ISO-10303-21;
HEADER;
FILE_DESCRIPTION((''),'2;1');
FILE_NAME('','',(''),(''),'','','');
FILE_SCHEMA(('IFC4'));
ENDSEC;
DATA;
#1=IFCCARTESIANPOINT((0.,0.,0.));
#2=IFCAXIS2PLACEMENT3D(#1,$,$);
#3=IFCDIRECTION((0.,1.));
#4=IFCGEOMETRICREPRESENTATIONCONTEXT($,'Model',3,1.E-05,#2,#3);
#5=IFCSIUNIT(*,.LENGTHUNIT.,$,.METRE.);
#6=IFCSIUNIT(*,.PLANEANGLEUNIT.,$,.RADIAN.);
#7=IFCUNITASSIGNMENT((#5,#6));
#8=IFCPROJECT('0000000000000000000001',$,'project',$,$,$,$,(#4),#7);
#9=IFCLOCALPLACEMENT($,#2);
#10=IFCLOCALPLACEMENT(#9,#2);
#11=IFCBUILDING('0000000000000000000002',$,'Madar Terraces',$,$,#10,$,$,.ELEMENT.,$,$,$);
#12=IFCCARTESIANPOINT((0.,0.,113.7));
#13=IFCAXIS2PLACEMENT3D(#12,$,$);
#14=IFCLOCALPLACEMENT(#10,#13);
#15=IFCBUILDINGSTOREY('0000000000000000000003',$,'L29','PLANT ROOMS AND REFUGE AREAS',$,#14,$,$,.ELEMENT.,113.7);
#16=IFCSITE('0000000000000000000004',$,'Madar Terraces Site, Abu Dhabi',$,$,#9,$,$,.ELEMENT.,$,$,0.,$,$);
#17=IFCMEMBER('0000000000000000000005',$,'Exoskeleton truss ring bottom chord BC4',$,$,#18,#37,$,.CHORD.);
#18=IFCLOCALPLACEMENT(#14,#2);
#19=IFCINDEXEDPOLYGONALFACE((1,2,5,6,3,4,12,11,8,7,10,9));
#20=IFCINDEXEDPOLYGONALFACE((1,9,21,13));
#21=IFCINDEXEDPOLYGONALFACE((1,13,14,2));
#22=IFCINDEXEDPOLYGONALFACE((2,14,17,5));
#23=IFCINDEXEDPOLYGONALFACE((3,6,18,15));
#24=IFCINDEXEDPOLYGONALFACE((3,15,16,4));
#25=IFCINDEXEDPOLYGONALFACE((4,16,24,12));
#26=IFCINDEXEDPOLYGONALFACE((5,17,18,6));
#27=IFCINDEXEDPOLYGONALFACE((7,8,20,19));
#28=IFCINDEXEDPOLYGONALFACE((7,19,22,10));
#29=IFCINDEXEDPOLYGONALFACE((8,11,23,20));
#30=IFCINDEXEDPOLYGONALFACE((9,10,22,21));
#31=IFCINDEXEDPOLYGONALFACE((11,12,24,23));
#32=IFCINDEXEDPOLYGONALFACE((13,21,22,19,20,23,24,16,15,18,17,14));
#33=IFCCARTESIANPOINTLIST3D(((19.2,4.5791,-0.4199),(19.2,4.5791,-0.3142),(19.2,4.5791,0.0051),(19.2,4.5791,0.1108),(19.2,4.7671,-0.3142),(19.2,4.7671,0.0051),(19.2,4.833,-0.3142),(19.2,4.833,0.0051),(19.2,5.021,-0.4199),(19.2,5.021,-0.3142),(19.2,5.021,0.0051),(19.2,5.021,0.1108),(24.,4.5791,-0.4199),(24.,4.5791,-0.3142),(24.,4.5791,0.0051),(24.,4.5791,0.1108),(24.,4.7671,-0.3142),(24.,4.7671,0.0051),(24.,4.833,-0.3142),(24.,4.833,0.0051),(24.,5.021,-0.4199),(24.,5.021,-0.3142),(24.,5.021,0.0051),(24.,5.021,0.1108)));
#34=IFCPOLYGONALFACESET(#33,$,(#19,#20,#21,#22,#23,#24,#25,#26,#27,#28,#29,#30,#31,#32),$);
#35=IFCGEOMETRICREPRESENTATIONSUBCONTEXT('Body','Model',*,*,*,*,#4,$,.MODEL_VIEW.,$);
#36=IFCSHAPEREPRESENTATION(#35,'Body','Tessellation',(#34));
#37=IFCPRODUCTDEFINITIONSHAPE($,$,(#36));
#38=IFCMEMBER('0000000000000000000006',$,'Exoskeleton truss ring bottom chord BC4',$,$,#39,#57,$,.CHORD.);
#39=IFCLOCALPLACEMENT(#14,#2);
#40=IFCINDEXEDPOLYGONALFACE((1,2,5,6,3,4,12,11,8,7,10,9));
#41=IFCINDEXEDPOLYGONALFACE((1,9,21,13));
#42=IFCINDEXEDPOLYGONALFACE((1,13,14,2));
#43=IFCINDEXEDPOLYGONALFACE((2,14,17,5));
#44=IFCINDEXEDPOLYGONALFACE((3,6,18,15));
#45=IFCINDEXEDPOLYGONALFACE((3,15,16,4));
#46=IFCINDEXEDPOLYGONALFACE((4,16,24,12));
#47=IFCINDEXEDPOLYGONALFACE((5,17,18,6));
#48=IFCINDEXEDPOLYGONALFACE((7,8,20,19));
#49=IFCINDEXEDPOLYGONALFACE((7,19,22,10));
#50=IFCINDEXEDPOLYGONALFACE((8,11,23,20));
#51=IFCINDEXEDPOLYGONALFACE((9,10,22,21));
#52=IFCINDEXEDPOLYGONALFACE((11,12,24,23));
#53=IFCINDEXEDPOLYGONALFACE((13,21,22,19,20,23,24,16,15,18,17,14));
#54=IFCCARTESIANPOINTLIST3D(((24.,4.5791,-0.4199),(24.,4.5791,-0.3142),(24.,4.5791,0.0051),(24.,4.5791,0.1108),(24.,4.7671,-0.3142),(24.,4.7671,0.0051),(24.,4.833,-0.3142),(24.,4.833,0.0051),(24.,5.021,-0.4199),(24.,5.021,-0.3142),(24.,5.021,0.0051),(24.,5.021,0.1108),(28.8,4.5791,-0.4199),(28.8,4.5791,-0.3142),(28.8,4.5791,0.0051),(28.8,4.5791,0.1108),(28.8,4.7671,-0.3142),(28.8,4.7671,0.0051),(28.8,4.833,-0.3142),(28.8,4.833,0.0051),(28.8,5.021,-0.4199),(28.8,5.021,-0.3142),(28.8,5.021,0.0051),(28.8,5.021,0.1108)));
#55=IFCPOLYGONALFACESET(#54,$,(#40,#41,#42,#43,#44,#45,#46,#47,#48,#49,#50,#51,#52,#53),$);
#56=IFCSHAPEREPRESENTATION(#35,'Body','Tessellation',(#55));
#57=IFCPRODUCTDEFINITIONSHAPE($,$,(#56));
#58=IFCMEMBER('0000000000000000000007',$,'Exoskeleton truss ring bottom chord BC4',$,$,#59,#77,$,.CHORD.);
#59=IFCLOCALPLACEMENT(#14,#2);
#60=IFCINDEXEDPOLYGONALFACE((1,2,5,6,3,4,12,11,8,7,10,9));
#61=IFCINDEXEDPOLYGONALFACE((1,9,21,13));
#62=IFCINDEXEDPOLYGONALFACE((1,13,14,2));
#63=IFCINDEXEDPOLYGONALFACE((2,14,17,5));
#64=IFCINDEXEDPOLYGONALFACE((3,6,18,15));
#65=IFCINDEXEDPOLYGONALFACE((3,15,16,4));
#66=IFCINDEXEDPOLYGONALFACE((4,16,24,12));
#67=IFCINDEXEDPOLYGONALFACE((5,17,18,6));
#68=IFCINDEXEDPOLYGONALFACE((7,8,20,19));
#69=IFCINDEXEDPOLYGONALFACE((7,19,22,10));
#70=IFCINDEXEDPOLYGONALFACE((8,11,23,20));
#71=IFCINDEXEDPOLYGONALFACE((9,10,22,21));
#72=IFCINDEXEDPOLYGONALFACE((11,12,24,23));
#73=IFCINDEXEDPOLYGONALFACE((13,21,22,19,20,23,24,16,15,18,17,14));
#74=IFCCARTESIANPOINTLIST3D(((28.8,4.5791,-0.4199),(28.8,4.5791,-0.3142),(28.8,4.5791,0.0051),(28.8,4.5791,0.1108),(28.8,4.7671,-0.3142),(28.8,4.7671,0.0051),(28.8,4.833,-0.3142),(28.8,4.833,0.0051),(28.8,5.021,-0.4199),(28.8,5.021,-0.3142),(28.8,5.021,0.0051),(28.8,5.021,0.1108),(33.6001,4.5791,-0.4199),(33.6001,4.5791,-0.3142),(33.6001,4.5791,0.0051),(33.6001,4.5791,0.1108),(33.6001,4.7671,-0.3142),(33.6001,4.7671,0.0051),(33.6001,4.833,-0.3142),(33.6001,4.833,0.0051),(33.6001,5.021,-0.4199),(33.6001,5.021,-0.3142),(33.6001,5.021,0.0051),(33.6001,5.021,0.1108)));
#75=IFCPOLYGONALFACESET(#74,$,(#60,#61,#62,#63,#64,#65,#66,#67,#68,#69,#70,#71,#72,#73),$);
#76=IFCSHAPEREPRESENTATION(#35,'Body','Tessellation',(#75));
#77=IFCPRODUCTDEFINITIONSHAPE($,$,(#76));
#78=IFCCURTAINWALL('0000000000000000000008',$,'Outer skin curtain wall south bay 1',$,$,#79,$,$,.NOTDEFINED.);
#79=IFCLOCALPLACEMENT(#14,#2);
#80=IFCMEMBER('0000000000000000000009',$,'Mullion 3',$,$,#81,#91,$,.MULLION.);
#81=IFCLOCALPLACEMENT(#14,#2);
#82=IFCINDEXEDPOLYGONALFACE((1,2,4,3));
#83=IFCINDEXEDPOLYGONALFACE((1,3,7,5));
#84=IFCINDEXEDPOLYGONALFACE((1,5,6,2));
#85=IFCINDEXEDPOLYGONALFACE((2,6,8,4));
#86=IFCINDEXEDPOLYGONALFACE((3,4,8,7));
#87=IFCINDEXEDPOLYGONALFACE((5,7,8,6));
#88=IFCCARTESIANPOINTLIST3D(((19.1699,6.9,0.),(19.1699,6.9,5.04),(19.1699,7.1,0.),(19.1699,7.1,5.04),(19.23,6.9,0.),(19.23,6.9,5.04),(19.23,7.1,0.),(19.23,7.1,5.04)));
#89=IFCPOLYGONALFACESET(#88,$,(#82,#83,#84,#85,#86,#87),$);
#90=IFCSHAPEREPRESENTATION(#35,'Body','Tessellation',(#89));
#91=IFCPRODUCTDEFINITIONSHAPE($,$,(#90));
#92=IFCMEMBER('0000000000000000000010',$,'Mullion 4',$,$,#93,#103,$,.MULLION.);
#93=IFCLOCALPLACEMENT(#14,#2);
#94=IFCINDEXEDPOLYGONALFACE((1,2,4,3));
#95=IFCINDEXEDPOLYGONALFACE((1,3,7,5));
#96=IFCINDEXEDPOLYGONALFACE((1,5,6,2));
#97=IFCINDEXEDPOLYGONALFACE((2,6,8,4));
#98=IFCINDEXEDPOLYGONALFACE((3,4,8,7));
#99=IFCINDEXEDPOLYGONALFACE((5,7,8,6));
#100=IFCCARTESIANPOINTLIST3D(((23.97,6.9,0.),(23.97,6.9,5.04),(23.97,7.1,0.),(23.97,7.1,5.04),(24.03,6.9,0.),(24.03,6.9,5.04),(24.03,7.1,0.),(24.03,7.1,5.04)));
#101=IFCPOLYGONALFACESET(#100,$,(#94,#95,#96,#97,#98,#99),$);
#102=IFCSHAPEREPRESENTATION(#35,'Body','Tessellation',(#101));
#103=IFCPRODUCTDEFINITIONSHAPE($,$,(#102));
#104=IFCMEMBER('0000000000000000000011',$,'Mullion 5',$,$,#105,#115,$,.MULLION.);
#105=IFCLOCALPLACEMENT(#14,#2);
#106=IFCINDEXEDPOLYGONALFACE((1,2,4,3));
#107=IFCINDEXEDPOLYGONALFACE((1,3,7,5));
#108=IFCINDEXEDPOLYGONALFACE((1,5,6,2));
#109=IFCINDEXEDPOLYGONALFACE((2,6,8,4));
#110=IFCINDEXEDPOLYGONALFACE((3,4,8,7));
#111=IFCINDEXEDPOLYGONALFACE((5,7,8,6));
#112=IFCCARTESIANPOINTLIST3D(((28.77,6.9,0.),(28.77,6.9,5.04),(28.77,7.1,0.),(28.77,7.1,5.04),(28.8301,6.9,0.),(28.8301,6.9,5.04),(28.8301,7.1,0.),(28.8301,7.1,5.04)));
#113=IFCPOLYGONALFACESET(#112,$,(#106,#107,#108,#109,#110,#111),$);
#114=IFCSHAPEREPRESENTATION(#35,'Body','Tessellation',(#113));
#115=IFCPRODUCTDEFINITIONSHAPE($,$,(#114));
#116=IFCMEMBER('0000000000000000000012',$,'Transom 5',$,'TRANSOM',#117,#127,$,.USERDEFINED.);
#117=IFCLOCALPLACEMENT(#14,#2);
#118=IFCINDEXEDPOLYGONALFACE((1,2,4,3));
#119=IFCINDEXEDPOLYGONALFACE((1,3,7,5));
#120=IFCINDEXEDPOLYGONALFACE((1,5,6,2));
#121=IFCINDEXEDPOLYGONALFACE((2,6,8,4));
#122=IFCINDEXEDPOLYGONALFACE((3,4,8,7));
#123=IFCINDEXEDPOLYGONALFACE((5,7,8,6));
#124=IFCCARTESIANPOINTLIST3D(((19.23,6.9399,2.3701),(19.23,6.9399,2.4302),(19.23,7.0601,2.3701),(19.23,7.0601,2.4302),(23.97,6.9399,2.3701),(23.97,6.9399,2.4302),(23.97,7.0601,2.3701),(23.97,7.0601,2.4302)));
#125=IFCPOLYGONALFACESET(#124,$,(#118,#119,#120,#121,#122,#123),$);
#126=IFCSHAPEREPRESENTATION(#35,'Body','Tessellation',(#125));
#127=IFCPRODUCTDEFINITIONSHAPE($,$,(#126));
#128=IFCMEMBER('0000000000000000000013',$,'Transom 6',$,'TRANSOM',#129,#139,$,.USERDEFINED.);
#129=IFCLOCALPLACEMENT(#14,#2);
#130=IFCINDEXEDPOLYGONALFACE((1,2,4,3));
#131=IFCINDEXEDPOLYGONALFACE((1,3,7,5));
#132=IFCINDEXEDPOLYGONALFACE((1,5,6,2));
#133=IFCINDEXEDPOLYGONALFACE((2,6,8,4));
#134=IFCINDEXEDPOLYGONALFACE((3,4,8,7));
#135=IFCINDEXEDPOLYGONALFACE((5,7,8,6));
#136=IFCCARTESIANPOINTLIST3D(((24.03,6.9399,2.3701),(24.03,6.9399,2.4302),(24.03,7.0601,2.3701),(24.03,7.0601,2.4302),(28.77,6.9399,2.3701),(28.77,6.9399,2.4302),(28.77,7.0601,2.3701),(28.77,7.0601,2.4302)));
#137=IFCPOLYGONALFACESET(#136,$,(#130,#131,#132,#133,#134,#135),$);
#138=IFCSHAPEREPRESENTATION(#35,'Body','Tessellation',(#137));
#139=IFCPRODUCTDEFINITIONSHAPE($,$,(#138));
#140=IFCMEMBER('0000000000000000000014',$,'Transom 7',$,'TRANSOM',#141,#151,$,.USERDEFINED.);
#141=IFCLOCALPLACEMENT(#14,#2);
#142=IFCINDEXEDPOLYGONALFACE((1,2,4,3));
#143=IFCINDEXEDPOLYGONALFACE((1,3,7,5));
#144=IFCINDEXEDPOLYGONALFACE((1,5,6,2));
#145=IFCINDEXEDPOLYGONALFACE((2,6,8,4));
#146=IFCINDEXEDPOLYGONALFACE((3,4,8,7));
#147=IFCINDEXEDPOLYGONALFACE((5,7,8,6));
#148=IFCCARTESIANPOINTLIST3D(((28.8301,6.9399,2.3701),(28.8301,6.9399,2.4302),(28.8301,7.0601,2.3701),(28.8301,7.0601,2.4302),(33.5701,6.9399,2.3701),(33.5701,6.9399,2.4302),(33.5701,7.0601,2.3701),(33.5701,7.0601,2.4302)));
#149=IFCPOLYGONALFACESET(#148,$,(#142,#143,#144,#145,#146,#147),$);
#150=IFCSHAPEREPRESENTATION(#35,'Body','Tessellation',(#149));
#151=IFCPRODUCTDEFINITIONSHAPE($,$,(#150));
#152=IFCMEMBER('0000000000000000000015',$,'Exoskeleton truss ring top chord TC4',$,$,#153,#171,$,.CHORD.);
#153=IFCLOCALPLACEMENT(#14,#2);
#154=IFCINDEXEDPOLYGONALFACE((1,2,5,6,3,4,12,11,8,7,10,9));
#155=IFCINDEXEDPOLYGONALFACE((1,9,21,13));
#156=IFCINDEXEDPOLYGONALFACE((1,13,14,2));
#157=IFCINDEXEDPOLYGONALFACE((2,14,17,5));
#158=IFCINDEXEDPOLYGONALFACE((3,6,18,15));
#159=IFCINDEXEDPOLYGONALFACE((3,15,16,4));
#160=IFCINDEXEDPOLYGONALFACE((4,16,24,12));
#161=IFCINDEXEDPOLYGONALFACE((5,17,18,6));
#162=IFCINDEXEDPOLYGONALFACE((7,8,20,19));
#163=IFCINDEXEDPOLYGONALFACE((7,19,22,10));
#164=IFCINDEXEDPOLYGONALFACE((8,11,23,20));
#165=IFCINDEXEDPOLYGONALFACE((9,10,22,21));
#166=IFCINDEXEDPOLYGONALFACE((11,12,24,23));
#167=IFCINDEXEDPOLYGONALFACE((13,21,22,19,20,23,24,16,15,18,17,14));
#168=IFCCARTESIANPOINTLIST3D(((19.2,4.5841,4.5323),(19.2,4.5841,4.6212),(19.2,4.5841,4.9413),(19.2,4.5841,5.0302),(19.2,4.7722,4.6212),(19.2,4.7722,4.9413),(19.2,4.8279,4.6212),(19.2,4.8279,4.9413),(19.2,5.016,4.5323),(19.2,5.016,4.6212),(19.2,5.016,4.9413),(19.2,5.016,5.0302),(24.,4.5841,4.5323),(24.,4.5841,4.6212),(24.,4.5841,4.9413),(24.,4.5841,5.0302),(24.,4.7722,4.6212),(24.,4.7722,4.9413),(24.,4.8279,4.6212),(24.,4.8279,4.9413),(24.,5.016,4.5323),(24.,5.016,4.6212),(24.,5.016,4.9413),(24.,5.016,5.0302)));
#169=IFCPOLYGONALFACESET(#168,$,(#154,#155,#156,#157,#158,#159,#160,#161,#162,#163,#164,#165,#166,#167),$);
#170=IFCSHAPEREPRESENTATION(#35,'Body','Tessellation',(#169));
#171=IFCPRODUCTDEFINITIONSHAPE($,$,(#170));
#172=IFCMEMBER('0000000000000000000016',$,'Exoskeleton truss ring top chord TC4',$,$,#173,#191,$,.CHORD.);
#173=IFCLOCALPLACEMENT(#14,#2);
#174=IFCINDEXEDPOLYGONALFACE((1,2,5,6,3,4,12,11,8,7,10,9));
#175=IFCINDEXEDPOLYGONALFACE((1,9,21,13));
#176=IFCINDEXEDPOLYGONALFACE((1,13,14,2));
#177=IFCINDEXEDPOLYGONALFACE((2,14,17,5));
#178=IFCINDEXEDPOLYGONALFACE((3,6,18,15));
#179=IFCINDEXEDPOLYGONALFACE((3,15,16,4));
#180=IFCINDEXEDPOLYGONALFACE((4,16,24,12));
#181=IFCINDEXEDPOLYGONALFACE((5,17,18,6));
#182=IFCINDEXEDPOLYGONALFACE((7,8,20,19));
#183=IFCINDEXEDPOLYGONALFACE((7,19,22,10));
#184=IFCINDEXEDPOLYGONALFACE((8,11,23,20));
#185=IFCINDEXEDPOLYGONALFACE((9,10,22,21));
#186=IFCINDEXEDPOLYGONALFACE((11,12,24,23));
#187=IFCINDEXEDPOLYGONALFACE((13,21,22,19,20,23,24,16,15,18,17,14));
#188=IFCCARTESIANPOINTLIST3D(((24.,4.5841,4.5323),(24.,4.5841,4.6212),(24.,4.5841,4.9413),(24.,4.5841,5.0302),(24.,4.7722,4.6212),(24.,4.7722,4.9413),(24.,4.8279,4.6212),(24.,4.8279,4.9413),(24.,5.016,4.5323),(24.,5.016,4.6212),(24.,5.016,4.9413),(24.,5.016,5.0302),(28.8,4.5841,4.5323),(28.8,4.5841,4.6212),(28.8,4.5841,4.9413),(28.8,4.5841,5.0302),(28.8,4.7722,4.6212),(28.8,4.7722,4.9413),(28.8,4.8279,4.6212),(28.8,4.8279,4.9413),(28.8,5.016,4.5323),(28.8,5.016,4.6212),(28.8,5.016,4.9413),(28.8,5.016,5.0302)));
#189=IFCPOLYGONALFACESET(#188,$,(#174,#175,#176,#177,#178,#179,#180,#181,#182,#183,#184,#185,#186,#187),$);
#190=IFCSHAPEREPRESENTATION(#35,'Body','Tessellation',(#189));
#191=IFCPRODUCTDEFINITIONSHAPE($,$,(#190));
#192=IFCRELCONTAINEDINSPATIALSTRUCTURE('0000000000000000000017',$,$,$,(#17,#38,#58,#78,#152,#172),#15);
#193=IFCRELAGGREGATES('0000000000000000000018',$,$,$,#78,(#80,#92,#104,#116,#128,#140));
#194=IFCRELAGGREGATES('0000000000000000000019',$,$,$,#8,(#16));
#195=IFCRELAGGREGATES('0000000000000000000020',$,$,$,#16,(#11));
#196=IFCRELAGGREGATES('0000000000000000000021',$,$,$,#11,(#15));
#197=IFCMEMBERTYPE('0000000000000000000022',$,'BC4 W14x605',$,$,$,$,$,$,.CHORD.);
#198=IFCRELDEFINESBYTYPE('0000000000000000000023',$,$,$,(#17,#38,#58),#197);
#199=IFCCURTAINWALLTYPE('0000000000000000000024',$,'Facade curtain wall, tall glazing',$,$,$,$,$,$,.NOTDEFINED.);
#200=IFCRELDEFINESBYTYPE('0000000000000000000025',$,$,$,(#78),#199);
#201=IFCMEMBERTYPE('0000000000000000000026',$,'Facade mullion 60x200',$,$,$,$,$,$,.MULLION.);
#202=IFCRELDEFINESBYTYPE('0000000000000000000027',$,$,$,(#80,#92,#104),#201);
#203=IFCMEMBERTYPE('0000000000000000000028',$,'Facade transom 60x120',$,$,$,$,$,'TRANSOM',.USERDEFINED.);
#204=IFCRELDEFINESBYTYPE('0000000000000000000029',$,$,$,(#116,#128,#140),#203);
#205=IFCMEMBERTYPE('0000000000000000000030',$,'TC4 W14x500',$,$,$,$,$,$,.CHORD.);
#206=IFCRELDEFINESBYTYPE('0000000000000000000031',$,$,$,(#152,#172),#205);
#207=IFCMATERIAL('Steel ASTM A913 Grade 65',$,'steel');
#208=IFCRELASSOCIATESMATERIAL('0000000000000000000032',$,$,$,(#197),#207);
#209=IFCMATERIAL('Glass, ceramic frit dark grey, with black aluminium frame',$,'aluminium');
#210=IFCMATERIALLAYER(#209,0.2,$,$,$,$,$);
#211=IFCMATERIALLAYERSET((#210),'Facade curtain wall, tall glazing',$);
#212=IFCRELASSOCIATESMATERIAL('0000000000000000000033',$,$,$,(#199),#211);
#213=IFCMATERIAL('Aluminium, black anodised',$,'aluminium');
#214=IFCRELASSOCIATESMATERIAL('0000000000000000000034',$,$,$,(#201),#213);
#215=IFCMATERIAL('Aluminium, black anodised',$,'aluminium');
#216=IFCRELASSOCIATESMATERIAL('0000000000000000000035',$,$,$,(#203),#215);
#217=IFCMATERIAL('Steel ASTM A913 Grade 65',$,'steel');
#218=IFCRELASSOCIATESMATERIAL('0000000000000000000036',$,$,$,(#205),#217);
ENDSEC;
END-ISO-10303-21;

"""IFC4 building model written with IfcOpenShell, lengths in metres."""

from ifc_helpers import new_model, si_unit, direction, frame, origin, origin_2d, place, context, subcontext, project, spatial, rectangle, i_section, extrude, material, layer, layer_set, material_profile, profile_set, type_object, element, aggregate, save


model = new_model("IFC4")

# Units and contexts
model_context = context("Model", 3, precision=1e-05, world=origin(), true_north=direction((0.0, 1.0)))
body_context = subcontext(model_context, "Body", "Model", "MODEL_VIEW")
ifc_project = project(units=[si_unit("LENGTHUNIT", "METRE"), si_unit("PLANEANGLEUNIT", "RADIAN")], contexts=[model_context])

# Site, building, storey
site_placement = place(None, origin())
site = spatial("IfcSite", under=ifc_project, at=site_placement, Name="Madar Terraces Site, Abu Dhabi", CompositionType="ELEMENT", RefElevation=0.0)
building_placement = place(site_placement, origin())
building = spatial("IfcBuilding", under=site, at=building_placement, Name="Madar Terraces", CompositionType="ELEMENT")
storey_placement = place(building_placement, frame((0.0, 0.0, 113.7)))
storey = spatial("IfcBuildingStorey", under=building, at=storey_placement, Name="L29", Description="PLANT ROOMS AND REFUGE AREAS", CompositionType="ELEMENT", Elevation=113.7)

# Members
ifc_material_1 = material(Name="Steel ASTM A913 Grade 65", Category="steel")
ifc_material_profile_1 = material_profile(ifc_material_1, i_section(OverallWidth=0.4419, OverallDepth=0.5308, WebThickness=0.0659, FlangeThickness=0.1057, at=origin_2d()), Name="W14x605")
ifc_profile_set_1 = profile_set([ifc_material_profile_1], Name="Steel ASTM A913 Grade 65")
member_type_1 = type_object("IfcMemberType", Name="BC4 W14x605", PredefinedType="CHORD", material=ifc_profile_set_1)
for number, where, z_axis, x_axis, name in (
    (1, (19.2, 4.8, -0.1545), (1.0, 0.0, 0.0), (0.0, 1.0, 0.0), "Exoskeleton truss ring bottom chord BC4"),
    (2, (24.0, 4.8, -0.1545), (1.0, 0.0, 0.0), (0.0, 1.0, 0.0), "Exoskeleton truss ring bottom chord BC4"),
    (3, (28.8, 4.8, -0.1545), (1.0, 0.0, 0.0), (0.0, 1.0, 0.0), "Exoskeleton truss ring bottom chord BC4"),
):
    element("IfcMember", number, at=place(storey_placement, frame(where, z_axis=z_axis, x_axis=x_axis)), inside=storey, type_object=member_type_1, Name=name, PredefinedType="CHORD", context=body_context, shape_type="SweptSolid", body=[
        extrude(i_section(OverallWidth=0.4419, OverallDepth=0.5308, WebThickness=0.0659, FlangeThickness=0.1057, at=origin_2d()), origin(), (0.0, 0.0, 1.0), 4.8),
    ])

# Curtain wall, members
ifc_material_2 = material(Name="Glass, ceramic frit dark grey, with black aluminium frame", Category="aluminium")
ifc_layer_1 = layer(ifc_material_2, 0.2)
ifc_layer_set_1 = layer_set([ifc_layer_1], Name="Facade curtain wall, tall glazing")
curtain_wall_type = type_object("IfcCurtainWallType", Name="Facade curtain wall, tall glazing", PredefinedType="NOTDEFINED", material=ifc_layer_set_1)
curtain_wall_placement = place(storey_placement, origin())
curtain_wall = element("IfcCurtainWall", 4, at=curtain_wall_placement, inside=storey, type_object=curtain_wall_type, Name="Outer skin curtain wall south bay 1", PredefinedType="NOTDEFINED")
ifc_material_3 = material(Name="Aluminium, black anodised", Category="aluminium")
ifc_material_profile_2 = material_profile(ifc_material_3, rectangle(XDim=0.2, YDim=0.0601, at=origin_2d()), Name="Facade mullion 60x200")
ifc_profile_set_2 = profile_set([ifc_material_profile_2], Name="Aluminium, black anodised")
member_type_2 = type_object("IfcMemberType", Name="Facade mullion 60x200", PredefinedType="MULLION", material=ifc_profile_set_2)
member_1_placement = place(storey_placement, frame((19.2, 7.0, 0.0), z_axis=(0.0, 0.0, 1.0), x_axis=(0.0, 1.0, 0.0)))
member_1 = element("IfcMember", 5, at=member_1_placement, type_object=member_type_2, Name="Mullion 3", PredefinedType="MULLION", context=body_context, shape_type="SweptSolid", body=[
    extrude(rectangle(XDim=0.2, YDim=0.0601, at=origin_2d()), origin(), (0.0, 0.0, 1.0), 5.04),
])
member_2_placement = place(storey_placement, frame((24.0, 7.0, 0.0), z_axis=(0.0, 0.0, 1.0), x_axis=(0.0, 1.0, 0.0)))
member_2 = element("IfcMember", 6, at=member_2_placement, type_object=member_type_2, Name="Mullion 4", PredefinedType="MULLION", context=body_context, shape_type="SweptSolid", body=[
    extrude(rectangle(XDim=0.2, YDim=0.0601, at=origin_2d()), origin(), (0.0, 0.0, 1.0), 5.04),
])
member_3_placement = place(storey_placement, frame((28.8, 7.0, 0.0), z_axis=(0.0, 0.0, 1.0), x_axis=(0.0, 1.0, 0.0)))
member_3 = element("IfcMember", 7, at=member_3_placement, type_object=member_type_2, Name="Mullion 5", PredefinedType="MULLION", context=body_context, shape_type="SweptSolid", body=[
    extrude(rectangle(XDim=0.2, YDim=0.0601, at=origin_2d()), origin(), (0.0, 0.0, 1.0), 5.04),
])
ifc_material_4 = material(Name="Aluminium, black anodised", Category="aluminium")
ifc_material_profile_3 = material_profile(ifc_material_4, rectangle(XDim=0.1201, YDim=0.0601, at=origin_2d()), Name="Facade transom 60x120")
ifc_profile_set_3 = profile_set([ifc_material_profile_3], Name="Aluminium, black anodised")
member_type_3 = type_object("IfcMemberType", Name="Facade transom 60x120", ElementType="TRANSOM", PredefinedType="USERDEFINED", material=ifc_profile_set_3)
member_4_placement = place(storey_placement, frame((19.23, 7.0, 2.4001), z_axis=(1.0, 0.0, 0.0), x_axis=(0.0, 1.0, 0.0)))
member_4 = element("IfcMember", 8, at=member_4_placement, type_object=member_type_3, Name="Transom 5", ObjectType="TRANSOM", PredefinedType="USERDEFINED", context=body_context, shape_type="SweptSolid", body=[
    extrude(rectangle(XDim=0.1201, YDim=0.0601, at=origin_2d()), origin(), (0.0, 0.0, 1.0), 4.74),
])
member_5_placement = place(storey_placement, frame((24.03, 7.0, 2.4001), z_axis=(1.0, 0.0, 0.0), x_axis=(0.0, 1.0, 0.0)))
member_5 = element("IfcMember", 9, at=member_5_placement, type_object=member_type_3, Name="Transom 6", ObjectType="TRANSOM", PredefinedType="USERDEFINED", context=body_context, shape_type="SweptSolid", body=[
    extrude(rectangle(XDim=0.1201, YDim=0.0601, at=origin_2d()), origin(), (0.0, 0.0, 1.0), 4.74),
])
member_6_placement = place(storey_placement, frame((28.8301, 7.0, 2.4001), z_axis=(1.0, 0.0, 0.0), x_axis=(0.0, 1.0, 0.0)))
member_6 = element("IfcMember", 10, at=member_6_placement, type_object=member_type_3, Name="Transom 7", ObjectType="TRANSOM", PredefinedType="USERDEFINED", context=body_context, shape_type="SweptSolid", body=[
    extrude(rectangle(XDim=0.1201, YDim=0.0601, at=origin_2d()), origin(), (0.0, 0.0, 1.0), 4.74),
])

# Members
ifc_material_5 = material(Name="Steel ASTM A913 Grade 65", Category="steel")
ifc_material_profile_4 = material_profile(ifc_material_5, i_section(OverallWidth=0.4319, OverallDepth=0.4978, WebThickness=0.0557, FlangeThickness=0.0889, at=origin_2d()), Name="W14x500")
ifc_profile_set_4 = profile_set([ifc_material_profile_4], Name="Steel ASTM A913 Grade 65")
member_type_4 = type_object("IfcMemberType", Name="TC4 W14x500", PredefinedType="CHORD", material=ifc_profile_set_4)
for number, where, z_axis, x_axis, name in (
    (11, (19.2, 4.8, 4.7812), (1.0, 0.0, 0.0), (0.0, 1.0, 0.0), "Exoskeleton truss ring top chord TC4"),
    (12, (24.0, 4.8, 4.7812), (1.0, 0.0, 0.0), (0.0, 1.0, 0.0), "Exoskeleton truss ring top chord TC4"),
):
    element("IfcMember", number, at=place(storey_placement, frame(where, z_axis=z_axis, x_axis=x_axis)), inside=storey, type_object=member_type_4, Name=name, PredefinedType="CHORD", context=body_context, shape_type="SweptSolid", body=[
        extrude(i_section(OverallWidth=0.4319, OverallDepth=0.4978, WebThickness=0.0557, FlangeThickness=0.0889, at=origin_2d()), origin(), (0.0, 0.0, 1.0), 4.8),
    ])

aggregate(curtain_wall, [member_1, member_2, member_3, member_4, member_5, member_6])

save(model, "model.ifc")
